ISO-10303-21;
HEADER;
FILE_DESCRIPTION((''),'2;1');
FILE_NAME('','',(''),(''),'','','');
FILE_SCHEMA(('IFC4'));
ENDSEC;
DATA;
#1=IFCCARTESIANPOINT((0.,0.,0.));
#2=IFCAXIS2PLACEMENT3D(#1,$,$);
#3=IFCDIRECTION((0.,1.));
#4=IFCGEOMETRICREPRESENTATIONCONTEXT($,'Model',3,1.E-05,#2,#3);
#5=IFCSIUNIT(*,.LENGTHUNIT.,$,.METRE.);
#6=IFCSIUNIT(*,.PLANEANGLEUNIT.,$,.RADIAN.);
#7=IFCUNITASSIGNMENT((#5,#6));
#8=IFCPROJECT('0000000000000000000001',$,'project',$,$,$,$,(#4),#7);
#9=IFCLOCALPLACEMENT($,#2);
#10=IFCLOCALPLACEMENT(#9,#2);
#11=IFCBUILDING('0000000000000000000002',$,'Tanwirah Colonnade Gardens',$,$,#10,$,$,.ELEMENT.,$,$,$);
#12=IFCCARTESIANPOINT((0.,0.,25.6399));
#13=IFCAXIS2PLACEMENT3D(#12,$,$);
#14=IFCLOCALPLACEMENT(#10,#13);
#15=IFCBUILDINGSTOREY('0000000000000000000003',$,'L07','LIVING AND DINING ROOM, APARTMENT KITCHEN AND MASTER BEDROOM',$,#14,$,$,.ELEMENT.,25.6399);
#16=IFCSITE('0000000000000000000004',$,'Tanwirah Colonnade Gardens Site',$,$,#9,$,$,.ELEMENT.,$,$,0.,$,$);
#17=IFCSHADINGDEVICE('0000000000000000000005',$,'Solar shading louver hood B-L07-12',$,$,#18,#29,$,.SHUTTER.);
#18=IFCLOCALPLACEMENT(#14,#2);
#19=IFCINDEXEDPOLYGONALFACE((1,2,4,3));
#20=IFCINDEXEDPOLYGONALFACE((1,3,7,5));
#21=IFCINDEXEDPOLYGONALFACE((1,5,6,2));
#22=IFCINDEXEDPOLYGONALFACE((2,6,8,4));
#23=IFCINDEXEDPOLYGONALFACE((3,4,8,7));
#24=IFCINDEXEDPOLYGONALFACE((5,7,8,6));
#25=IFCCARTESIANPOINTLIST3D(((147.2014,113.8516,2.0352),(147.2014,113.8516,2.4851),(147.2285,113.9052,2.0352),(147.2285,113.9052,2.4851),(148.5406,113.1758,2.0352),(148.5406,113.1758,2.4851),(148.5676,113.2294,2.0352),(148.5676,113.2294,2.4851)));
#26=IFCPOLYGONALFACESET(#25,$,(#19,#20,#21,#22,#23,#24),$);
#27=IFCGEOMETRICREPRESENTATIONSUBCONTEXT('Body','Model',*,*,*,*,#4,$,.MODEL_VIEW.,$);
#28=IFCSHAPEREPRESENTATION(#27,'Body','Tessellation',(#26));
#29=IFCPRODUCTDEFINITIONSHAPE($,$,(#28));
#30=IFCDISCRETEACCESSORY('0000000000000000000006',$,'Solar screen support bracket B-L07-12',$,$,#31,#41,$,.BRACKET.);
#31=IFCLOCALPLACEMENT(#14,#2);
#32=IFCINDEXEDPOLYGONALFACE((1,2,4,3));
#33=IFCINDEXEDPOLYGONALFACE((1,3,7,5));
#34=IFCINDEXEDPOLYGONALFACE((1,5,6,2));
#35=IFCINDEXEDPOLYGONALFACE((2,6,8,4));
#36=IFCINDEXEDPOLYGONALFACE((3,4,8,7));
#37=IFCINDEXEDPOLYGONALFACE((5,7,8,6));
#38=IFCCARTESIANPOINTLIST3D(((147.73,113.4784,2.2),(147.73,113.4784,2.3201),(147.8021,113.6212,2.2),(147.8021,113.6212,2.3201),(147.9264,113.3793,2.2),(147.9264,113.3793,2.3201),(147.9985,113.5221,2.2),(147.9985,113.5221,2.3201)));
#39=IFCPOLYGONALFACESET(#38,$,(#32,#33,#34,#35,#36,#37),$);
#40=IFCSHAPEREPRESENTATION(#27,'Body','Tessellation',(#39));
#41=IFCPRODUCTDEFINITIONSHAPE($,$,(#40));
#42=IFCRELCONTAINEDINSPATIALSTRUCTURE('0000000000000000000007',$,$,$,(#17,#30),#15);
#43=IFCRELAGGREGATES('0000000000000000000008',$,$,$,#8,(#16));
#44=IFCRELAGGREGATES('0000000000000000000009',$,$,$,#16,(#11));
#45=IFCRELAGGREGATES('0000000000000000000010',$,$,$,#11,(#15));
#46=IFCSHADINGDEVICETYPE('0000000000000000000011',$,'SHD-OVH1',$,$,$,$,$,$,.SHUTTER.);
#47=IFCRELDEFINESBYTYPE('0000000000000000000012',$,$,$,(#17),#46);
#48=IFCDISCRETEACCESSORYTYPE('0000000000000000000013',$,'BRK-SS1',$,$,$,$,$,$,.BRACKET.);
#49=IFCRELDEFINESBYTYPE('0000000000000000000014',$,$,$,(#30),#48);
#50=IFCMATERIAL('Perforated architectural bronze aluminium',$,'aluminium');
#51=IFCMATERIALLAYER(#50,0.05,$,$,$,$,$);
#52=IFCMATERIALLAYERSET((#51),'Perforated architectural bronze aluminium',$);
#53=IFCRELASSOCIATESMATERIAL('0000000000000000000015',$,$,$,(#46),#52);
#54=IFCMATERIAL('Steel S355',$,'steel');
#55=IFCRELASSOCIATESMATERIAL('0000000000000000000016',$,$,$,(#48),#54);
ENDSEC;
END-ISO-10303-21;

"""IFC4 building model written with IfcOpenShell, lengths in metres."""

from ifc_helpers import new_model, si_unit, direction, frame, origin, origin_2d, place, context, subcontext, project, spatial, rectangle, extrude, material, layer, layer_set, type_object, element, save


model = new_model("IFC4")

# Units and contexts
model_context = context("Model", 3, precision=1e-05, world=origin(), true_north=direction((0.0, 1.0)))
body_context = subcontext(model_context, "Body", "Model", "MODEL_VIEW")
ifc_project = project(units=[si_unit("LENGTHUNIT", "METRE"), si_unit("PLANEANGLEUNIT", "RADIAN")], contexts=[model_context])

# Site, building, storey
site_placement = place(None, origin())
site = spatial("IfcSite", under=ifc_project, at=site_placement, Name="Tanwirah Colonnade Gardens Site", CompositionType="ELEMENT", RefElevation=0.0)
building_placement = place(site_placement, origin())
building = spatial("IfcBuilding", under=site, at=building_placement, Name="Tanwirah Colonnade Gardens", CompositionType="ELEMENT")
storey_placement = place(building_placement, frame((0.0, 0.0, 25.6399)))
storey = spatial("IfcBuildingStorey", under=building, at=storey_placement, Name="L07", Description="LIVING AND DINING ROOM, APARTMENT KITCHEN AND MASTER BEDROOM", CompositionType="ELEMENT", Elevation=25.6399)

# Shading device
ifc_material_1 = material(Name="Perforated architectural bronze aluminium", Category="aluminium")
ifc_layer_1 = layer(ifc_material_1, 0.05)
ifc_layer_set_1 = layer_set([ifc_layer_1], Name="Perforated architectural bronze aluminium")
shading_device_type = type_object("IfcShadingDeviceType", Name="SHD-OVH1", PredefinedType="SHUTTER", material=ifc_layer_set_1)
shading_device_placement = place(storey_placement, frame((147.8845, 113.5405, 2.0352), z_axis=(0.0, 0.0, 1.0), x_axis=(-0.89276, 0.450532, 0.0)))
element("IfcShadingDevice", 1, at=shading_device_placement, inside=storey, type_object=shading_device_type, Name="Solar shading louver hood B-L07-12", PredefinedType="SHUTTER", context=body_context, shape_type="SweptSolid", body=[
    extrude(rectangle(XDim=1.5, YDim=0.0601, at=origin_2d()), origin(), (0.0, 0.0, 1.0), 0.45),
])

# Discrete accessory
ifc_material_2 = material(Name="Steel S355", Category="steel")
discrete_accessory_type = type_object("IfcDiscreteAccessoryType", Name="BRK-SS1", PredefinedType="BRACKET", material=ifc_material_2)
discrete_accessory_placement = place(storey_placement, frame((147.8643, 113.5002, 2.2), z_axis=(0.0, 0.0, 1.0), x_axis=(-0.89276, 0.450532, 0.0)))
element("IfcDiscreteAccessory", 2, at=discrete_accessory_placement, inside=storey, type_object=discrete_accessory_type, Name="Solar screen support bracket B-L07-12", PredefinedType="BRACKET", context=body_context, shape_type="SweptSolid", body=[
    extrude(rectangle(XDim=0.22, YDim=0.1599, at=origin_2d()), origin(), (0.0, 0.0, 1.0), 0.1201),
])

save(model, "model.ifc")
